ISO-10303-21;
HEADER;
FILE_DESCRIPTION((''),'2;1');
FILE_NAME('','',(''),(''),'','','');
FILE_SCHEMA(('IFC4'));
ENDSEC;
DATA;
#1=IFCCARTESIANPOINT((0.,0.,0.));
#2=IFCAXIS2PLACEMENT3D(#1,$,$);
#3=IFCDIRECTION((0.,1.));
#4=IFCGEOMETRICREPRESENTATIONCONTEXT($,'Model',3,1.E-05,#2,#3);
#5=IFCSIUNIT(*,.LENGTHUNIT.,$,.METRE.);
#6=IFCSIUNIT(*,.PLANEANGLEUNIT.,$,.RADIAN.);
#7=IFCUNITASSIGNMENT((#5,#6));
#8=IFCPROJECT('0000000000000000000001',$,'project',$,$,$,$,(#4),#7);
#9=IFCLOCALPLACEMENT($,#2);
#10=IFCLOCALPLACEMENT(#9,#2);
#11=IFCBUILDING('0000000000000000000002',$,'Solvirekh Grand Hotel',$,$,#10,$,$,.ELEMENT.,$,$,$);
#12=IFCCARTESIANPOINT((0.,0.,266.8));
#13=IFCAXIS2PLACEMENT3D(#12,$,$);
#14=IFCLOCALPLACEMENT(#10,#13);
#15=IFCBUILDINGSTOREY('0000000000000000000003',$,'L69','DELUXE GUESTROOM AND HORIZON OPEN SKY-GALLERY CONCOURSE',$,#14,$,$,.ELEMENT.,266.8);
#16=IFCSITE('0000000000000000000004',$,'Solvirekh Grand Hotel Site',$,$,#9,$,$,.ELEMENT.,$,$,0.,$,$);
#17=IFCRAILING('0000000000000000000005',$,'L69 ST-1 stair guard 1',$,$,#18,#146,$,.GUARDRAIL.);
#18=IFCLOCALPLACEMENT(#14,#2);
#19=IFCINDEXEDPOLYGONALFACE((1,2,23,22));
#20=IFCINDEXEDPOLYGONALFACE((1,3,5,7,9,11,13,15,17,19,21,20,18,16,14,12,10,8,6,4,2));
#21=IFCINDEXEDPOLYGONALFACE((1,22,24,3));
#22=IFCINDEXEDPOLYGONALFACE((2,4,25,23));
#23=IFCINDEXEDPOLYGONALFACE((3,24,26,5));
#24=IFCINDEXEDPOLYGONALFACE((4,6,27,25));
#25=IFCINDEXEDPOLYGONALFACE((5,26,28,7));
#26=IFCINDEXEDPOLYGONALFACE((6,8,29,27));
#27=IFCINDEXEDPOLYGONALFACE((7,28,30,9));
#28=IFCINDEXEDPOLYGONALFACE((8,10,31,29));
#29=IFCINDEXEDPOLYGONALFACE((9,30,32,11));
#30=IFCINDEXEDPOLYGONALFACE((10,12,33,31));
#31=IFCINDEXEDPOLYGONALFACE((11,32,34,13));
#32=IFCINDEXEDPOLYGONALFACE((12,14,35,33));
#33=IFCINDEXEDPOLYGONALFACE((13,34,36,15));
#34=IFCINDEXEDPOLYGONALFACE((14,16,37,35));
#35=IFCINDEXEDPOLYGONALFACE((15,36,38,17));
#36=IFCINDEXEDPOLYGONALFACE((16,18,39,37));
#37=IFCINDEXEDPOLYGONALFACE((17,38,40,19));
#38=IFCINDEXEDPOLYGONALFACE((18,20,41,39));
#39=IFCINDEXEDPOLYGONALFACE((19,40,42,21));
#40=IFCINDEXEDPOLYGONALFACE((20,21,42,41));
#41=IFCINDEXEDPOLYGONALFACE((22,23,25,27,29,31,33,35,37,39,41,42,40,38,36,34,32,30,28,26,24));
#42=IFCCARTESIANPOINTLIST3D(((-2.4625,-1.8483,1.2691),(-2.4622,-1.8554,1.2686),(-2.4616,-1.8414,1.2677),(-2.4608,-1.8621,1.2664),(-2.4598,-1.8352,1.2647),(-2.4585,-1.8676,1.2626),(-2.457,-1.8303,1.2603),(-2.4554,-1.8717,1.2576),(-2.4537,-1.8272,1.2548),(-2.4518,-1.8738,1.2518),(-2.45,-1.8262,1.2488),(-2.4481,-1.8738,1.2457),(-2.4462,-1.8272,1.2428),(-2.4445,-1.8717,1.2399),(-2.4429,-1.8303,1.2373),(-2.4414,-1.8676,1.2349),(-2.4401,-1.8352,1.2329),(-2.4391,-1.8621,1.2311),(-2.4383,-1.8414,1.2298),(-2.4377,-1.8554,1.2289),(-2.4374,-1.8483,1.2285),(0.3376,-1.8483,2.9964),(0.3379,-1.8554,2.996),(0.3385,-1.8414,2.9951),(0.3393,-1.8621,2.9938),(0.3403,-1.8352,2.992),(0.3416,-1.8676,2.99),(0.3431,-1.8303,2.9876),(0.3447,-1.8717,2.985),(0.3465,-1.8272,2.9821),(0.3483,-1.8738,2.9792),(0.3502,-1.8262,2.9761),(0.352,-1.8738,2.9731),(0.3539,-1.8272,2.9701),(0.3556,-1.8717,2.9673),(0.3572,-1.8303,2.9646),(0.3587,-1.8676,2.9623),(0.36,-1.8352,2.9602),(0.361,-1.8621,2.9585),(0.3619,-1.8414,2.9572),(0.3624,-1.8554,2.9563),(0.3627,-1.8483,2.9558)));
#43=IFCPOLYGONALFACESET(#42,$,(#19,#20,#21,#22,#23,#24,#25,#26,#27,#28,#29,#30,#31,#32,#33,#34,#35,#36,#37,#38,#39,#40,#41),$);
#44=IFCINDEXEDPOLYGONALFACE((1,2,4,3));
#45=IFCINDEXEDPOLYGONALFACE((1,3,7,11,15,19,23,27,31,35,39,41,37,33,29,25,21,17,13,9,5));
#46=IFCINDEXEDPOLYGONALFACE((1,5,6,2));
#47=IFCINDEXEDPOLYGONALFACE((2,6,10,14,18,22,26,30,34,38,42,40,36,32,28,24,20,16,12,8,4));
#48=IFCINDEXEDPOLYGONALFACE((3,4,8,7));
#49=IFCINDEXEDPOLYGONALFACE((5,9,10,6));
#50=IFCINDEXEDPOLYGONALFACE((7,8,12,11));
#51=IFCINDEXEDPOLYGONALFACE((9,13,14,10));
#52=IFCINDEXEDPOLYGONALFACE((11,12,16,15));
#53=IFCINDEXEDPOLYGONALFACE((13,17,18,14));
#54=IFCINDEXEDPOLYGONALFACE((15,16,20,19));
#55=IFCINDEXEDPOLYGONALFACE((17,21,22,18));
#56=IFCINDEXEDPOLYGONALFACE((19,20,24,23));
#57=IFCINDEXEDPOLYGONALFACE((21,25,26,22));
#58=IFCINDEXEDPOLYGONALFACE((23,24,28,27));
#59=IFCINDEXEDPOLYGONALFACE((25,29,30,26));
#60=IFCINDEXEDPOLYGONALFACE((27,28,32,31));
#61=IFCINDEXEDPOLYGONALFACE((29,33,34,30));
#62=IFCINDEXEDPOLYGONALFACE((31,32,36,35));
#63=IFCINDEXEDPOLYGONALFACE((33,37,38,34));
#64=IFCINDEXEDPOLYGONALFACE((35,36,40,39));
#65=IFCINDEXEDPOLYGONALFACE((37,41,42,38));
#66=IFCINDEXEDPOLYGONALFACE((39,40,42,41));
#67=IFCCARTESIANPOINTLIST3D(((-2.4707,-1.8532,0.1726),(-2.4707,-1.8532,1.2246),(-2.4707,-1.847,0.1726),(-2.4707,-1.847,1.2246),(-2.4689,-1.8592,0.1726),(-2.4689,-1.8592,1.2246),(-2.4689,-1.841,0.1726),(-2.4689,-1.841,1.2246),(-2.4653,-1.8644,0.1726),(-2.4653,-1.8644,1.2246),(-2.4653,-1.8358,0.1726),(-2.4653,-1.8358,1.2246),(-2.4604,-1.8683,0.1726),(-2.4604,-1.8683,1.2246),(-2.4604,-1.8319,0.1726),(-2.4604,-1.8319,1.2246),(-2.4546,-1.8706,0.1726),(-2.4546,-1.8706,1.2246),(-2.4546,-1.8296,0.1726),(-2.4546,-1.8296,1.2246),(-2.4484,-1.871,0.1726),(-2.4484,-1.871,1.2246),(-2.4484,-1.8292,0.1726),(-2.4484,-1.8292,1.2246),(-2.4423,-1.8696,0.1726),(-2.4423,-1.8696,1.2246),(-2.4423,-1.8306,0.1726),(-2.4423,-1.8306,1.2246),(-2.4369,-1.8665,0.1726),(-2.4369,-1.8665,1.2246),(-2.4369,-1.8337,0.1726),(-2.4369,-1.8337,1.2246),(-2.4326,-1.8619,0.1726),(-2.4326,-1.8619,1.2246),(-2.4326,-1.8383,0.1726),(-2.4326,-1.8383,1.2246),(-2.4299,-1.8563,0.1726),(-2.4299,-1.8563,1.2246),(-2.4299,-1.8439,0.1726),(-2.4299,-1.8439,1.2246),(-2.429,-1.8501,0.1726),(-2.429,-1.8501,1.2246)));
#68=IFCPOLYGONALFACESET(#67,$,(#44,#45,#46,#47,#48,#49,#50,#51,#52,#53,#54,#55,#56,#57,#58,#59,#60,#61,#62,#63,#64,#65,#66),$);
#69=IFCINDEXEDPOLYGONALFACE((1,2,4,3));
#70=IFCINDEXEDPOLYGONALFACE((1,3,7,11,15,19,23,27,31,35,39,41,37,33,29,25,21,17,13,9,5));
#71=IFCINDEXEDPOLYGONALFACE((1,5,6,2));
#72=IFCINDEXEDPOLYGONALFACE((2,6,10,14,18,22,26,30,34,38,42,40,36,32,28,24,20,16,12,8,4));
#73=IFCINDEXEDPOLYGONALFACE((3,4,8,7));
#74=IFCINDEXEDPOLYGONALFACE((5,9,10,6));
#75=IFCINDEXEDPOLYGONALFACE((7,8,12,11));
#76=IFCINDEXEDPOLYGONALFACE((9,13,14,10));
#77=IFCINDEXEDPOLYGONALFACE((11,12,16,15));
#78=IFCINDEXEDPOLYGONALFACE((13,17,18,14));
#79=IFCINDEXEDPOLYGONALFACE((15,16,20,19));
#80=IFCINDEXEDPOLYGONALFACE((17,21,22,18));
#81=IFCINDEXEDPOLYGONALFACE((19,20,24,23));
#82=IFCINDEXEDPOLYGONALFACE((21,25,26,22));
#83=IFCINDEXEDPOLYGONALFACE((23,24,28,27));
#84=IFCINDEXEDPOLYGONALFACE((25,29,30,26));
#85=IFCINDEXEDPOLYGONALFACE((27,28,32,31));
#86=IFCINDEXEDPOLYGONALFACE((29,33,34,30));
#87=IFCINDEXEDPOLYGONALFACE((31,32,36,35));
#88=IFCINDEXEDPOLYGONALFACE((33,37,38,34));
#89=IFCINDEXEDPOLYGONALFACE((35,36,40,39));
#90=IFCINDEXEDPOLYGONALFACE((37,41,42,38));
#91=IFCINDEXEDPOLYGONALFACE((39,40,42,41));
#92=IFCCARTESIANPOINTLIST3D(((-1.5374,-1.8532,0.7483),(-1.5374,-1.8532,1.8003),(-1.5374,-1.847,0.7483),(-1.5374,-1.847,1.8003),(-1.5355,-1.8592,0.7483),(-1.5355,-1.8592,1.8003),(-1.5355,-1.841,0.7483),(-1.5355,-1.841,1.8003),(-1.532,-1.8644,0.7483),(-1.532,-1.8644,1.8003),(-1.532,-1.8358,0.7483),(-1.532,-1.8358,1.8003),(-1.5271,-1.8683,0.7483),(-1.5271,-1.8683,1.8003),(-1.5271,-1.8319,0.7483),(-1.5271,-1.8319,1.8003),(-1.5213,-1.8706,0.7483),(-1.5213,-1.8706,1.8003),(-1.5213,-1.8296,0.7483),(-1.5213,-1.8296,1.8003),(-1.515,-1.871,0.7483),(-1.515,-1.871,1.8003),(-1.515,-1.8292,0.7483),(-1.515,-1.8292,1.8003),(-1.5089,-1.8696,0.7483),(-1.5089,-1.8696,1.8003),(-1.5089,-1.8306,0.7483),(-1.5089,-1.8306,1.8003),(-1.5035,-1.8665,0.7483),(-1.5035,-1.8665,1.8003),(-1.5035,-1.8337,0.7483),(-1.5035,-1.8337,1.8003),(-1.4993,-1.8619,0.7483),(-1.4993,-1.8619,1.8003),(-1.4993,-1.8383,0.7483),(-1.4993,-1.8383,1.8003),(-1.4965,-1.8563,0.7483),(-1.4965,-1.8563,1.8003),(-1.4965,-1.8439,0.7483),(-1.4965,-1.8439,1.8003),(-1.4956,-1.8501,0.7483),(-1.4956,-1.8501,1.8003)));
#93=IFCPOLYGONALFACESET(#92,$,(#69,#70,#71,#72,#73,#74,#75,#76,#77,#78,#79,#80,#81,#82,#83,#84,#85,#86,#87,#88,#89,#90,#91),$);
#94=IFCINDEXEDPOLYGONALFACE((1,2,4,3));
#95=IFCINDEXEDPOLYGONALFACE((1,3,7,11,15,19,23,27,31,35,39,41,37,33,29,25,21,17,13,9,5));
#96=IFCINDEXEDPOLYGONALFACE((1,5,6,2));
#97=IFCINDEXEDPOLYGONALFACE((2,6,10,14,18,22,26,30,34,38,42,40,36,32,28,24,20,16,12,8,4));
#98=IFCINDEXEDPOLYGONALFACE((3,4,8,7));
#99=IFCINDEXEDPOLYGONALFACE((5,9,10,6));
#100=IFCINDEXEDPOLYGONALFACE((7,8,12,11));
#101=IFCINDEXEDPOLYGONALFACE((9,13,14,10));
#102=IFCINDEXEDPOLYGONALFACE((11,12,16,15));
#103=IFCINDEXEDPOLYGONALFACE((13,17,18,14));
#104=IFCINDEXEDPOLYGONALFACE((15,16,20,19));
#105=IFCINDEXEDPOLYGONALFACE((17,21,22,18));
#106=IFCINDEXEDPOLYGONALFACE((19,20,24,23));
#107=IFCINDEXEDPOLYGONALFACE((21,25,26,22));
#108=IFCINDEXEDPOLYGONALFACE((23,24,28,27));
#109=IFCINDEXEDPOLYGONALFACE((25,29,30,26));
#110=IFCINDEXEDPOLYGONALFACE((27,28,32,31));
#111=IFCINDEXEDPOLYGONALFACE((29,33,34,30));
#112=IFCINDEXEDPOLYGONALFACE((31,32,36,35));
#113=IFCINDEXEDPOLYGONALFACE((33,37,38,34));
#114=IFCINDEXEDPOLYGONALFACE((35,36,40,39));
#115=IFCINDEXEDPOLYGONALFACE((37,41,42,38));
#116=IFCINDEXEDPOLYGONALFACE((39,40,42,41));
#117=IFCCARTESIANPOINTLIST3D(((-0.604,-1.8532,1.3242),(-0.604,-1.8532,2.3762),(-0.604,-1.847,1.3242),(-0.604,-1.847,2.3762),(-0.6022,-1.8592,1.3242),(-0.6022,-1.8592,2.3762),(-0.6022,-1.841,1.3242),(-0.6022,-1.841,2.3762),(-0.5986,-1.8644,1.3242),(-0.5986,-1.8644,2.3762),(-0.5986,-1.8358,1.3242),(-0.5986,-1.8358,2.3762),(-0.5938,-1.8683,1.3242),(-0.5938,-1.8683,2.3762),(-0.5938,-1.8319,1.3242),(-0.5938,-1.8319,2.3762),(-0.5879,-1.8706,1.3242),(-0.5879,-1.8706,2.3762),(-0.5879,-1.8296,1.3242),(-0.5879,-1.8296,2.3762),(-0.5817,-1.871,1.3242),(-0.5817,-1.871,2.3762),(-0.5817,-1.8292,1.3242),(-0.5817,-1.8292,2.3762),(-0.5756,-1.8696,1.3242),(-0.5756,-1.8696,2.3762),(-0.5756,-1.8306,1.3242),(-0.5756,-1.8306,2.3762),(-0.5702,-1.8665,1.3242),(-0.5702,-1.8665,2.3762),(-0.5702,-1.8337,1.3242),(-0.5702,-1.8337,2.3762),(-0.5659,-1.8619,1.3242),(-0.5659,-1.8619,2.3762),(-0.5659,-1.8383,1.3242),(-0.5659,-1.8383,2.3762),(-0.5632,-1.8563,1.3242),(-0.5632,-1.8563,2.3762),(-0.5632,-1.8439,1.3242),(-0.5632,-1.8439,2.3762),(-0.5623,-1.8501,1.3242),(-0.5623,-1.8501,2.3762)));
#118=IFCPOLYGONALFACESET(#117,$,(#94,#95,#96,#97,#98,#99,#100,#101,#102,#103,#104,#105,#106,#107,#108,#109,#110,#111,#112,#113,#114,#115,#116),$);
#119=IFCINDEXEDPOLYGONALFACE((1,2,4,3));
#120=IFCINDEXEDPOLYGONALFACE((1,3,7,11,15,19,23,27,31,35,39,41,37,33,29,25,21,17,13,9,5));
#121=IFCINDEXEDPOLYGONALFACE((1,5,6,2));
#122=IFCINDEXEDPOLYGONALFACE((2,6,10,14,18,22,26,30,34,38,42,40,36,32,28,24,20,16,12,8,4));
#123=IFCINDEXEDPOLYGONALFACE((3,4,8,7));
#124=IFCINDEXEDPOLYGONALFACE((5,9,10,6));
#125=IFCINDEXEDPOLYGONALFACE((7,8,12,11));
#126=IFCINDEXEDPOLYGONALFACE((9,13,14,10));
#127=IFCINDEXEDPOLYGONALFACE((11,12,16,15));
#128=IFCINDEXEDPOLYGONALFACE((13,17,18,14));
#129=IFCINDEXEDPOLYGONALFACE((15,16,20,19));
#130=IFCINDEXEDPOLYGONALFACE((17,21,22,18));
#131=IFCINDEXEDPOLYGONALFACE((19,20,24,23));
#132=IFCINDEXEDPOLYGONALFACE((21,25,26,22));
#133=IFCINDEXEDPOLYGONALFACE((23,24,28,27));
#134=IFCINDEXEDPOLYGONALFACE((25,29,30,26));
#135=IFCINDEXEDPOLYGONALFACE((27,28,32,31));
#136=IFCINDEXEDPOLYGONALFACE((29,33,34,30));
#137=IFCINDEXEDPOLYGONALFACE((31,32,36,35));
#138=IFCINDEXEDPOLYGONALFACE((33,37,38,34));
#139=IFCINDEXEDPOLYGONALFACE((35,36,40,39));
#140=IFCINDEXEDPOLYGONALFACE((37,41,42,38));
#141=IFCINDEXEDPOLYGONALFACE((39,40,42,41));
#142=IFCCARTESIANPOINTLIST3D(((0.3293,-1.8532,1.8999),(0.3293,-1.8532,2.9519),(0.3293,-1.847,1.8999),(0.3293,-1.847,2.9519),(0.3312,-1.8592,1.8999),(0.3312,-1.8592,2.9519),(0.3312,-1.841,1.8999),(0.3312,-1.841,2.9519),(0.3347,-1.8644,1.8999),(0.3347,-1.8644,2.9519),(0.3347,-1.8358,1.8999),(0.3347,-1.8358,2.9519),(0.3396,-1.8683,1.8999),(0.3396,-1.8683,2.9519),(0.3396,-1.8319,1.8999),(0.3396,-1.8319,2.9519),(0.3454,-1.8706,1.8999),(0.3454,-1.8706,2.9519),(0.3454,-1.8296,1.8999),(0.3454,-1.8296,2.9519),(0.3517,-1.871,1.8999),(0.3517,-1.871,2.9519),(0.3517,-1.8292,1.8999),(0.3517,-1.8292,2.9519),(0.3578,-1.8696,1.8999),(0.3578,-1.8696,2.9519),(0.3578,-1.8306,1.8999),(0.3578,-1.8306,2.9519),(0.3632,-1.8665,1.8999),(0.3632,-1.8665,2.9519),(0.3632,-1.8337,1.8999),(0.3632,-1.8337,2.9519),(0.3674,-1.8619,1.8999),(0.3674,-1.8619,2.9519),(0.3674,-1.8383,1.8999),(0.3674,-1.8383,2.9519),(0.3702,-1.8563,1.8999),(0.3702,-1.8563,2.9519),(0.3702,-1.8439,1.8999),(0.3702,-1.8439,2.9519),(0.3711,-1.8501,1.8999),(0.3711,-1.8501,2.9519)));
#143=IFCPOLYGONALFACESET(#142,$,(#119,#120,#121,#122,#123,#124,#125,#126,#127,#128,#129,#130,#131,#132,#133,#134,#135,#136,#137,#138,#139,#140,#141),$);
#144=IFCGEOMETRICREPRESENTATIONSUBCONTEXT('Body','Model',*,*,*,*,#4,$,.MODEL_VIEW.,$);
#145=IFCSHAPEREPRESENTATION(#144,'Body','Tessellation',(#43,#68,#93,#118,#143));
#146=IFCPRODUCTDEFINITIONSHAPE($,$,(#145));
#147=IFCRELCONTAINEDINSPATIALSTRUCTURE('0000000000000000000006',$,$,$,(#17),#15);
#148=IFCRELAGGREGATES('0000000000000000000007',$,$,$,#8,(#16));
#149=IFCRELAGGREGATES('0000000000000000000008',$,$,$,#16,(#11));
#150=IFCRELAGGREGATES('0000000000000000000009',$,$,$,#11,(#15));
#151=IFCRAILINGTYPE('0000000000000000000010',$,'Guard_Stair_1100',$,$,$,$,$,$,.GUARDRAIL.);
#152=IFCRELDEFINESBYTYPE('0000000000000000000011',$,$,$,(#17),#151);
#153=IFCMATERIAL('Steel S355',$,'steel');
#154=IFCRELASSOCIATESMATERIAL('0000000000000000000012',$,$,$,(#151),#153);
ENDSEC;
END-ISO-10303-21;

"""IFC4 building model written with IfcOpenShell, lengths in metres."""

from ifc_helpers import new_model, si_unit, direction, frame, origin, origin_2d, place, context, subcontext, project, spatial, circle, extrude, material, type_object, element, save


model = new_model("IFC4")

# Units and contexts
model_context = context("Model", 3, precision=1e-05, world=origin(), true_north=direction((0.0, 1.0)))
body_context = subcontext(model_context, "Body", "Model", "MODEL_VIEW")
ifc_project = project(units=[si_unit("LENGTHUNIT", "METRE"), si_unit("PLANEANGLEUNIT", "RADIAN")], contexts=[model_context])

# Site, building, storey
site_placement = place(None, origin())
site = spatial("IfcSite", under=ifc_project, at=site_placement, Name="Solvirekh Grand Hotel Site", CompositionType="ELEMENT", RefElevation=0.0)
building_placement = place(site_placement, origin())
building = spatial("IfcBuilding", under=site, at=building_placement, Name="Solvirekh Grand Hotel", CompositionType="ELEMENT")
storey_placement = place(building_placement, frame((0.0, 0.0, 266.8)))
storey = spatial("IfcBuildingStorey", under=building, at=storey_placement, Name="L69", Description="DELUXE GUESTROOM AND HORIZON OPEN SKY-GALLERY CONCOURSE", CompositionType="ELEMENT", Elevation=266.8)

# Railing
ifc_material_1 = material(Name="Steel S355", Category="steel")
railing_type_1 = type_object("IfcRailingType", Name="Guard_Stair_1100", PredefinedType="GUARDRAIL", material=ifc_material_1)
railing_1_placement = place(storey_placement, frame((-2.45, -1.8501, 0.1726)))
element("IfcRailing", 1, at=railing_1_placement, inside=storey, type_object=railing_type_1, Name="L69 ST-1 stair guard 1", PredefinedType="GUARDRAIL", context=body_context, shape_type="SweptSolid", body=[
    extrude(circle(Radius=0.0239, at=origin_2d()), frame((0.0, 0.0, 1.0762), z_axis=(0.85109, 0.0, 0.52502), x_axis=(0.0, 1.0, 0.0)), (0.0, 0.0, 1.0), 3.29),
    extrude(circle(Radius=0.021, at=origin_2d()), origin(), (0.0, 0.0, 1.0), 1.052),
    extrude(circle(Radius=0.021, at=origin_2d()), frame((0.9333, 0.0, 0.5757)), (0.0, 0.0, 1.0), 1.052),
    extrude(circle(Radius=0.021, at=origin_2d()), frame((1.8667, 0.0, 1.1516)), (0.0, 0.0, 1.0), 1.052),
    extrude(circle(Radius=0.021, at=origin_2d()), frame((2.8, 0.0, 1.7273)), (0.0, 0.0, 1.0), 1.052),
])

save(model, "model.ifc")
